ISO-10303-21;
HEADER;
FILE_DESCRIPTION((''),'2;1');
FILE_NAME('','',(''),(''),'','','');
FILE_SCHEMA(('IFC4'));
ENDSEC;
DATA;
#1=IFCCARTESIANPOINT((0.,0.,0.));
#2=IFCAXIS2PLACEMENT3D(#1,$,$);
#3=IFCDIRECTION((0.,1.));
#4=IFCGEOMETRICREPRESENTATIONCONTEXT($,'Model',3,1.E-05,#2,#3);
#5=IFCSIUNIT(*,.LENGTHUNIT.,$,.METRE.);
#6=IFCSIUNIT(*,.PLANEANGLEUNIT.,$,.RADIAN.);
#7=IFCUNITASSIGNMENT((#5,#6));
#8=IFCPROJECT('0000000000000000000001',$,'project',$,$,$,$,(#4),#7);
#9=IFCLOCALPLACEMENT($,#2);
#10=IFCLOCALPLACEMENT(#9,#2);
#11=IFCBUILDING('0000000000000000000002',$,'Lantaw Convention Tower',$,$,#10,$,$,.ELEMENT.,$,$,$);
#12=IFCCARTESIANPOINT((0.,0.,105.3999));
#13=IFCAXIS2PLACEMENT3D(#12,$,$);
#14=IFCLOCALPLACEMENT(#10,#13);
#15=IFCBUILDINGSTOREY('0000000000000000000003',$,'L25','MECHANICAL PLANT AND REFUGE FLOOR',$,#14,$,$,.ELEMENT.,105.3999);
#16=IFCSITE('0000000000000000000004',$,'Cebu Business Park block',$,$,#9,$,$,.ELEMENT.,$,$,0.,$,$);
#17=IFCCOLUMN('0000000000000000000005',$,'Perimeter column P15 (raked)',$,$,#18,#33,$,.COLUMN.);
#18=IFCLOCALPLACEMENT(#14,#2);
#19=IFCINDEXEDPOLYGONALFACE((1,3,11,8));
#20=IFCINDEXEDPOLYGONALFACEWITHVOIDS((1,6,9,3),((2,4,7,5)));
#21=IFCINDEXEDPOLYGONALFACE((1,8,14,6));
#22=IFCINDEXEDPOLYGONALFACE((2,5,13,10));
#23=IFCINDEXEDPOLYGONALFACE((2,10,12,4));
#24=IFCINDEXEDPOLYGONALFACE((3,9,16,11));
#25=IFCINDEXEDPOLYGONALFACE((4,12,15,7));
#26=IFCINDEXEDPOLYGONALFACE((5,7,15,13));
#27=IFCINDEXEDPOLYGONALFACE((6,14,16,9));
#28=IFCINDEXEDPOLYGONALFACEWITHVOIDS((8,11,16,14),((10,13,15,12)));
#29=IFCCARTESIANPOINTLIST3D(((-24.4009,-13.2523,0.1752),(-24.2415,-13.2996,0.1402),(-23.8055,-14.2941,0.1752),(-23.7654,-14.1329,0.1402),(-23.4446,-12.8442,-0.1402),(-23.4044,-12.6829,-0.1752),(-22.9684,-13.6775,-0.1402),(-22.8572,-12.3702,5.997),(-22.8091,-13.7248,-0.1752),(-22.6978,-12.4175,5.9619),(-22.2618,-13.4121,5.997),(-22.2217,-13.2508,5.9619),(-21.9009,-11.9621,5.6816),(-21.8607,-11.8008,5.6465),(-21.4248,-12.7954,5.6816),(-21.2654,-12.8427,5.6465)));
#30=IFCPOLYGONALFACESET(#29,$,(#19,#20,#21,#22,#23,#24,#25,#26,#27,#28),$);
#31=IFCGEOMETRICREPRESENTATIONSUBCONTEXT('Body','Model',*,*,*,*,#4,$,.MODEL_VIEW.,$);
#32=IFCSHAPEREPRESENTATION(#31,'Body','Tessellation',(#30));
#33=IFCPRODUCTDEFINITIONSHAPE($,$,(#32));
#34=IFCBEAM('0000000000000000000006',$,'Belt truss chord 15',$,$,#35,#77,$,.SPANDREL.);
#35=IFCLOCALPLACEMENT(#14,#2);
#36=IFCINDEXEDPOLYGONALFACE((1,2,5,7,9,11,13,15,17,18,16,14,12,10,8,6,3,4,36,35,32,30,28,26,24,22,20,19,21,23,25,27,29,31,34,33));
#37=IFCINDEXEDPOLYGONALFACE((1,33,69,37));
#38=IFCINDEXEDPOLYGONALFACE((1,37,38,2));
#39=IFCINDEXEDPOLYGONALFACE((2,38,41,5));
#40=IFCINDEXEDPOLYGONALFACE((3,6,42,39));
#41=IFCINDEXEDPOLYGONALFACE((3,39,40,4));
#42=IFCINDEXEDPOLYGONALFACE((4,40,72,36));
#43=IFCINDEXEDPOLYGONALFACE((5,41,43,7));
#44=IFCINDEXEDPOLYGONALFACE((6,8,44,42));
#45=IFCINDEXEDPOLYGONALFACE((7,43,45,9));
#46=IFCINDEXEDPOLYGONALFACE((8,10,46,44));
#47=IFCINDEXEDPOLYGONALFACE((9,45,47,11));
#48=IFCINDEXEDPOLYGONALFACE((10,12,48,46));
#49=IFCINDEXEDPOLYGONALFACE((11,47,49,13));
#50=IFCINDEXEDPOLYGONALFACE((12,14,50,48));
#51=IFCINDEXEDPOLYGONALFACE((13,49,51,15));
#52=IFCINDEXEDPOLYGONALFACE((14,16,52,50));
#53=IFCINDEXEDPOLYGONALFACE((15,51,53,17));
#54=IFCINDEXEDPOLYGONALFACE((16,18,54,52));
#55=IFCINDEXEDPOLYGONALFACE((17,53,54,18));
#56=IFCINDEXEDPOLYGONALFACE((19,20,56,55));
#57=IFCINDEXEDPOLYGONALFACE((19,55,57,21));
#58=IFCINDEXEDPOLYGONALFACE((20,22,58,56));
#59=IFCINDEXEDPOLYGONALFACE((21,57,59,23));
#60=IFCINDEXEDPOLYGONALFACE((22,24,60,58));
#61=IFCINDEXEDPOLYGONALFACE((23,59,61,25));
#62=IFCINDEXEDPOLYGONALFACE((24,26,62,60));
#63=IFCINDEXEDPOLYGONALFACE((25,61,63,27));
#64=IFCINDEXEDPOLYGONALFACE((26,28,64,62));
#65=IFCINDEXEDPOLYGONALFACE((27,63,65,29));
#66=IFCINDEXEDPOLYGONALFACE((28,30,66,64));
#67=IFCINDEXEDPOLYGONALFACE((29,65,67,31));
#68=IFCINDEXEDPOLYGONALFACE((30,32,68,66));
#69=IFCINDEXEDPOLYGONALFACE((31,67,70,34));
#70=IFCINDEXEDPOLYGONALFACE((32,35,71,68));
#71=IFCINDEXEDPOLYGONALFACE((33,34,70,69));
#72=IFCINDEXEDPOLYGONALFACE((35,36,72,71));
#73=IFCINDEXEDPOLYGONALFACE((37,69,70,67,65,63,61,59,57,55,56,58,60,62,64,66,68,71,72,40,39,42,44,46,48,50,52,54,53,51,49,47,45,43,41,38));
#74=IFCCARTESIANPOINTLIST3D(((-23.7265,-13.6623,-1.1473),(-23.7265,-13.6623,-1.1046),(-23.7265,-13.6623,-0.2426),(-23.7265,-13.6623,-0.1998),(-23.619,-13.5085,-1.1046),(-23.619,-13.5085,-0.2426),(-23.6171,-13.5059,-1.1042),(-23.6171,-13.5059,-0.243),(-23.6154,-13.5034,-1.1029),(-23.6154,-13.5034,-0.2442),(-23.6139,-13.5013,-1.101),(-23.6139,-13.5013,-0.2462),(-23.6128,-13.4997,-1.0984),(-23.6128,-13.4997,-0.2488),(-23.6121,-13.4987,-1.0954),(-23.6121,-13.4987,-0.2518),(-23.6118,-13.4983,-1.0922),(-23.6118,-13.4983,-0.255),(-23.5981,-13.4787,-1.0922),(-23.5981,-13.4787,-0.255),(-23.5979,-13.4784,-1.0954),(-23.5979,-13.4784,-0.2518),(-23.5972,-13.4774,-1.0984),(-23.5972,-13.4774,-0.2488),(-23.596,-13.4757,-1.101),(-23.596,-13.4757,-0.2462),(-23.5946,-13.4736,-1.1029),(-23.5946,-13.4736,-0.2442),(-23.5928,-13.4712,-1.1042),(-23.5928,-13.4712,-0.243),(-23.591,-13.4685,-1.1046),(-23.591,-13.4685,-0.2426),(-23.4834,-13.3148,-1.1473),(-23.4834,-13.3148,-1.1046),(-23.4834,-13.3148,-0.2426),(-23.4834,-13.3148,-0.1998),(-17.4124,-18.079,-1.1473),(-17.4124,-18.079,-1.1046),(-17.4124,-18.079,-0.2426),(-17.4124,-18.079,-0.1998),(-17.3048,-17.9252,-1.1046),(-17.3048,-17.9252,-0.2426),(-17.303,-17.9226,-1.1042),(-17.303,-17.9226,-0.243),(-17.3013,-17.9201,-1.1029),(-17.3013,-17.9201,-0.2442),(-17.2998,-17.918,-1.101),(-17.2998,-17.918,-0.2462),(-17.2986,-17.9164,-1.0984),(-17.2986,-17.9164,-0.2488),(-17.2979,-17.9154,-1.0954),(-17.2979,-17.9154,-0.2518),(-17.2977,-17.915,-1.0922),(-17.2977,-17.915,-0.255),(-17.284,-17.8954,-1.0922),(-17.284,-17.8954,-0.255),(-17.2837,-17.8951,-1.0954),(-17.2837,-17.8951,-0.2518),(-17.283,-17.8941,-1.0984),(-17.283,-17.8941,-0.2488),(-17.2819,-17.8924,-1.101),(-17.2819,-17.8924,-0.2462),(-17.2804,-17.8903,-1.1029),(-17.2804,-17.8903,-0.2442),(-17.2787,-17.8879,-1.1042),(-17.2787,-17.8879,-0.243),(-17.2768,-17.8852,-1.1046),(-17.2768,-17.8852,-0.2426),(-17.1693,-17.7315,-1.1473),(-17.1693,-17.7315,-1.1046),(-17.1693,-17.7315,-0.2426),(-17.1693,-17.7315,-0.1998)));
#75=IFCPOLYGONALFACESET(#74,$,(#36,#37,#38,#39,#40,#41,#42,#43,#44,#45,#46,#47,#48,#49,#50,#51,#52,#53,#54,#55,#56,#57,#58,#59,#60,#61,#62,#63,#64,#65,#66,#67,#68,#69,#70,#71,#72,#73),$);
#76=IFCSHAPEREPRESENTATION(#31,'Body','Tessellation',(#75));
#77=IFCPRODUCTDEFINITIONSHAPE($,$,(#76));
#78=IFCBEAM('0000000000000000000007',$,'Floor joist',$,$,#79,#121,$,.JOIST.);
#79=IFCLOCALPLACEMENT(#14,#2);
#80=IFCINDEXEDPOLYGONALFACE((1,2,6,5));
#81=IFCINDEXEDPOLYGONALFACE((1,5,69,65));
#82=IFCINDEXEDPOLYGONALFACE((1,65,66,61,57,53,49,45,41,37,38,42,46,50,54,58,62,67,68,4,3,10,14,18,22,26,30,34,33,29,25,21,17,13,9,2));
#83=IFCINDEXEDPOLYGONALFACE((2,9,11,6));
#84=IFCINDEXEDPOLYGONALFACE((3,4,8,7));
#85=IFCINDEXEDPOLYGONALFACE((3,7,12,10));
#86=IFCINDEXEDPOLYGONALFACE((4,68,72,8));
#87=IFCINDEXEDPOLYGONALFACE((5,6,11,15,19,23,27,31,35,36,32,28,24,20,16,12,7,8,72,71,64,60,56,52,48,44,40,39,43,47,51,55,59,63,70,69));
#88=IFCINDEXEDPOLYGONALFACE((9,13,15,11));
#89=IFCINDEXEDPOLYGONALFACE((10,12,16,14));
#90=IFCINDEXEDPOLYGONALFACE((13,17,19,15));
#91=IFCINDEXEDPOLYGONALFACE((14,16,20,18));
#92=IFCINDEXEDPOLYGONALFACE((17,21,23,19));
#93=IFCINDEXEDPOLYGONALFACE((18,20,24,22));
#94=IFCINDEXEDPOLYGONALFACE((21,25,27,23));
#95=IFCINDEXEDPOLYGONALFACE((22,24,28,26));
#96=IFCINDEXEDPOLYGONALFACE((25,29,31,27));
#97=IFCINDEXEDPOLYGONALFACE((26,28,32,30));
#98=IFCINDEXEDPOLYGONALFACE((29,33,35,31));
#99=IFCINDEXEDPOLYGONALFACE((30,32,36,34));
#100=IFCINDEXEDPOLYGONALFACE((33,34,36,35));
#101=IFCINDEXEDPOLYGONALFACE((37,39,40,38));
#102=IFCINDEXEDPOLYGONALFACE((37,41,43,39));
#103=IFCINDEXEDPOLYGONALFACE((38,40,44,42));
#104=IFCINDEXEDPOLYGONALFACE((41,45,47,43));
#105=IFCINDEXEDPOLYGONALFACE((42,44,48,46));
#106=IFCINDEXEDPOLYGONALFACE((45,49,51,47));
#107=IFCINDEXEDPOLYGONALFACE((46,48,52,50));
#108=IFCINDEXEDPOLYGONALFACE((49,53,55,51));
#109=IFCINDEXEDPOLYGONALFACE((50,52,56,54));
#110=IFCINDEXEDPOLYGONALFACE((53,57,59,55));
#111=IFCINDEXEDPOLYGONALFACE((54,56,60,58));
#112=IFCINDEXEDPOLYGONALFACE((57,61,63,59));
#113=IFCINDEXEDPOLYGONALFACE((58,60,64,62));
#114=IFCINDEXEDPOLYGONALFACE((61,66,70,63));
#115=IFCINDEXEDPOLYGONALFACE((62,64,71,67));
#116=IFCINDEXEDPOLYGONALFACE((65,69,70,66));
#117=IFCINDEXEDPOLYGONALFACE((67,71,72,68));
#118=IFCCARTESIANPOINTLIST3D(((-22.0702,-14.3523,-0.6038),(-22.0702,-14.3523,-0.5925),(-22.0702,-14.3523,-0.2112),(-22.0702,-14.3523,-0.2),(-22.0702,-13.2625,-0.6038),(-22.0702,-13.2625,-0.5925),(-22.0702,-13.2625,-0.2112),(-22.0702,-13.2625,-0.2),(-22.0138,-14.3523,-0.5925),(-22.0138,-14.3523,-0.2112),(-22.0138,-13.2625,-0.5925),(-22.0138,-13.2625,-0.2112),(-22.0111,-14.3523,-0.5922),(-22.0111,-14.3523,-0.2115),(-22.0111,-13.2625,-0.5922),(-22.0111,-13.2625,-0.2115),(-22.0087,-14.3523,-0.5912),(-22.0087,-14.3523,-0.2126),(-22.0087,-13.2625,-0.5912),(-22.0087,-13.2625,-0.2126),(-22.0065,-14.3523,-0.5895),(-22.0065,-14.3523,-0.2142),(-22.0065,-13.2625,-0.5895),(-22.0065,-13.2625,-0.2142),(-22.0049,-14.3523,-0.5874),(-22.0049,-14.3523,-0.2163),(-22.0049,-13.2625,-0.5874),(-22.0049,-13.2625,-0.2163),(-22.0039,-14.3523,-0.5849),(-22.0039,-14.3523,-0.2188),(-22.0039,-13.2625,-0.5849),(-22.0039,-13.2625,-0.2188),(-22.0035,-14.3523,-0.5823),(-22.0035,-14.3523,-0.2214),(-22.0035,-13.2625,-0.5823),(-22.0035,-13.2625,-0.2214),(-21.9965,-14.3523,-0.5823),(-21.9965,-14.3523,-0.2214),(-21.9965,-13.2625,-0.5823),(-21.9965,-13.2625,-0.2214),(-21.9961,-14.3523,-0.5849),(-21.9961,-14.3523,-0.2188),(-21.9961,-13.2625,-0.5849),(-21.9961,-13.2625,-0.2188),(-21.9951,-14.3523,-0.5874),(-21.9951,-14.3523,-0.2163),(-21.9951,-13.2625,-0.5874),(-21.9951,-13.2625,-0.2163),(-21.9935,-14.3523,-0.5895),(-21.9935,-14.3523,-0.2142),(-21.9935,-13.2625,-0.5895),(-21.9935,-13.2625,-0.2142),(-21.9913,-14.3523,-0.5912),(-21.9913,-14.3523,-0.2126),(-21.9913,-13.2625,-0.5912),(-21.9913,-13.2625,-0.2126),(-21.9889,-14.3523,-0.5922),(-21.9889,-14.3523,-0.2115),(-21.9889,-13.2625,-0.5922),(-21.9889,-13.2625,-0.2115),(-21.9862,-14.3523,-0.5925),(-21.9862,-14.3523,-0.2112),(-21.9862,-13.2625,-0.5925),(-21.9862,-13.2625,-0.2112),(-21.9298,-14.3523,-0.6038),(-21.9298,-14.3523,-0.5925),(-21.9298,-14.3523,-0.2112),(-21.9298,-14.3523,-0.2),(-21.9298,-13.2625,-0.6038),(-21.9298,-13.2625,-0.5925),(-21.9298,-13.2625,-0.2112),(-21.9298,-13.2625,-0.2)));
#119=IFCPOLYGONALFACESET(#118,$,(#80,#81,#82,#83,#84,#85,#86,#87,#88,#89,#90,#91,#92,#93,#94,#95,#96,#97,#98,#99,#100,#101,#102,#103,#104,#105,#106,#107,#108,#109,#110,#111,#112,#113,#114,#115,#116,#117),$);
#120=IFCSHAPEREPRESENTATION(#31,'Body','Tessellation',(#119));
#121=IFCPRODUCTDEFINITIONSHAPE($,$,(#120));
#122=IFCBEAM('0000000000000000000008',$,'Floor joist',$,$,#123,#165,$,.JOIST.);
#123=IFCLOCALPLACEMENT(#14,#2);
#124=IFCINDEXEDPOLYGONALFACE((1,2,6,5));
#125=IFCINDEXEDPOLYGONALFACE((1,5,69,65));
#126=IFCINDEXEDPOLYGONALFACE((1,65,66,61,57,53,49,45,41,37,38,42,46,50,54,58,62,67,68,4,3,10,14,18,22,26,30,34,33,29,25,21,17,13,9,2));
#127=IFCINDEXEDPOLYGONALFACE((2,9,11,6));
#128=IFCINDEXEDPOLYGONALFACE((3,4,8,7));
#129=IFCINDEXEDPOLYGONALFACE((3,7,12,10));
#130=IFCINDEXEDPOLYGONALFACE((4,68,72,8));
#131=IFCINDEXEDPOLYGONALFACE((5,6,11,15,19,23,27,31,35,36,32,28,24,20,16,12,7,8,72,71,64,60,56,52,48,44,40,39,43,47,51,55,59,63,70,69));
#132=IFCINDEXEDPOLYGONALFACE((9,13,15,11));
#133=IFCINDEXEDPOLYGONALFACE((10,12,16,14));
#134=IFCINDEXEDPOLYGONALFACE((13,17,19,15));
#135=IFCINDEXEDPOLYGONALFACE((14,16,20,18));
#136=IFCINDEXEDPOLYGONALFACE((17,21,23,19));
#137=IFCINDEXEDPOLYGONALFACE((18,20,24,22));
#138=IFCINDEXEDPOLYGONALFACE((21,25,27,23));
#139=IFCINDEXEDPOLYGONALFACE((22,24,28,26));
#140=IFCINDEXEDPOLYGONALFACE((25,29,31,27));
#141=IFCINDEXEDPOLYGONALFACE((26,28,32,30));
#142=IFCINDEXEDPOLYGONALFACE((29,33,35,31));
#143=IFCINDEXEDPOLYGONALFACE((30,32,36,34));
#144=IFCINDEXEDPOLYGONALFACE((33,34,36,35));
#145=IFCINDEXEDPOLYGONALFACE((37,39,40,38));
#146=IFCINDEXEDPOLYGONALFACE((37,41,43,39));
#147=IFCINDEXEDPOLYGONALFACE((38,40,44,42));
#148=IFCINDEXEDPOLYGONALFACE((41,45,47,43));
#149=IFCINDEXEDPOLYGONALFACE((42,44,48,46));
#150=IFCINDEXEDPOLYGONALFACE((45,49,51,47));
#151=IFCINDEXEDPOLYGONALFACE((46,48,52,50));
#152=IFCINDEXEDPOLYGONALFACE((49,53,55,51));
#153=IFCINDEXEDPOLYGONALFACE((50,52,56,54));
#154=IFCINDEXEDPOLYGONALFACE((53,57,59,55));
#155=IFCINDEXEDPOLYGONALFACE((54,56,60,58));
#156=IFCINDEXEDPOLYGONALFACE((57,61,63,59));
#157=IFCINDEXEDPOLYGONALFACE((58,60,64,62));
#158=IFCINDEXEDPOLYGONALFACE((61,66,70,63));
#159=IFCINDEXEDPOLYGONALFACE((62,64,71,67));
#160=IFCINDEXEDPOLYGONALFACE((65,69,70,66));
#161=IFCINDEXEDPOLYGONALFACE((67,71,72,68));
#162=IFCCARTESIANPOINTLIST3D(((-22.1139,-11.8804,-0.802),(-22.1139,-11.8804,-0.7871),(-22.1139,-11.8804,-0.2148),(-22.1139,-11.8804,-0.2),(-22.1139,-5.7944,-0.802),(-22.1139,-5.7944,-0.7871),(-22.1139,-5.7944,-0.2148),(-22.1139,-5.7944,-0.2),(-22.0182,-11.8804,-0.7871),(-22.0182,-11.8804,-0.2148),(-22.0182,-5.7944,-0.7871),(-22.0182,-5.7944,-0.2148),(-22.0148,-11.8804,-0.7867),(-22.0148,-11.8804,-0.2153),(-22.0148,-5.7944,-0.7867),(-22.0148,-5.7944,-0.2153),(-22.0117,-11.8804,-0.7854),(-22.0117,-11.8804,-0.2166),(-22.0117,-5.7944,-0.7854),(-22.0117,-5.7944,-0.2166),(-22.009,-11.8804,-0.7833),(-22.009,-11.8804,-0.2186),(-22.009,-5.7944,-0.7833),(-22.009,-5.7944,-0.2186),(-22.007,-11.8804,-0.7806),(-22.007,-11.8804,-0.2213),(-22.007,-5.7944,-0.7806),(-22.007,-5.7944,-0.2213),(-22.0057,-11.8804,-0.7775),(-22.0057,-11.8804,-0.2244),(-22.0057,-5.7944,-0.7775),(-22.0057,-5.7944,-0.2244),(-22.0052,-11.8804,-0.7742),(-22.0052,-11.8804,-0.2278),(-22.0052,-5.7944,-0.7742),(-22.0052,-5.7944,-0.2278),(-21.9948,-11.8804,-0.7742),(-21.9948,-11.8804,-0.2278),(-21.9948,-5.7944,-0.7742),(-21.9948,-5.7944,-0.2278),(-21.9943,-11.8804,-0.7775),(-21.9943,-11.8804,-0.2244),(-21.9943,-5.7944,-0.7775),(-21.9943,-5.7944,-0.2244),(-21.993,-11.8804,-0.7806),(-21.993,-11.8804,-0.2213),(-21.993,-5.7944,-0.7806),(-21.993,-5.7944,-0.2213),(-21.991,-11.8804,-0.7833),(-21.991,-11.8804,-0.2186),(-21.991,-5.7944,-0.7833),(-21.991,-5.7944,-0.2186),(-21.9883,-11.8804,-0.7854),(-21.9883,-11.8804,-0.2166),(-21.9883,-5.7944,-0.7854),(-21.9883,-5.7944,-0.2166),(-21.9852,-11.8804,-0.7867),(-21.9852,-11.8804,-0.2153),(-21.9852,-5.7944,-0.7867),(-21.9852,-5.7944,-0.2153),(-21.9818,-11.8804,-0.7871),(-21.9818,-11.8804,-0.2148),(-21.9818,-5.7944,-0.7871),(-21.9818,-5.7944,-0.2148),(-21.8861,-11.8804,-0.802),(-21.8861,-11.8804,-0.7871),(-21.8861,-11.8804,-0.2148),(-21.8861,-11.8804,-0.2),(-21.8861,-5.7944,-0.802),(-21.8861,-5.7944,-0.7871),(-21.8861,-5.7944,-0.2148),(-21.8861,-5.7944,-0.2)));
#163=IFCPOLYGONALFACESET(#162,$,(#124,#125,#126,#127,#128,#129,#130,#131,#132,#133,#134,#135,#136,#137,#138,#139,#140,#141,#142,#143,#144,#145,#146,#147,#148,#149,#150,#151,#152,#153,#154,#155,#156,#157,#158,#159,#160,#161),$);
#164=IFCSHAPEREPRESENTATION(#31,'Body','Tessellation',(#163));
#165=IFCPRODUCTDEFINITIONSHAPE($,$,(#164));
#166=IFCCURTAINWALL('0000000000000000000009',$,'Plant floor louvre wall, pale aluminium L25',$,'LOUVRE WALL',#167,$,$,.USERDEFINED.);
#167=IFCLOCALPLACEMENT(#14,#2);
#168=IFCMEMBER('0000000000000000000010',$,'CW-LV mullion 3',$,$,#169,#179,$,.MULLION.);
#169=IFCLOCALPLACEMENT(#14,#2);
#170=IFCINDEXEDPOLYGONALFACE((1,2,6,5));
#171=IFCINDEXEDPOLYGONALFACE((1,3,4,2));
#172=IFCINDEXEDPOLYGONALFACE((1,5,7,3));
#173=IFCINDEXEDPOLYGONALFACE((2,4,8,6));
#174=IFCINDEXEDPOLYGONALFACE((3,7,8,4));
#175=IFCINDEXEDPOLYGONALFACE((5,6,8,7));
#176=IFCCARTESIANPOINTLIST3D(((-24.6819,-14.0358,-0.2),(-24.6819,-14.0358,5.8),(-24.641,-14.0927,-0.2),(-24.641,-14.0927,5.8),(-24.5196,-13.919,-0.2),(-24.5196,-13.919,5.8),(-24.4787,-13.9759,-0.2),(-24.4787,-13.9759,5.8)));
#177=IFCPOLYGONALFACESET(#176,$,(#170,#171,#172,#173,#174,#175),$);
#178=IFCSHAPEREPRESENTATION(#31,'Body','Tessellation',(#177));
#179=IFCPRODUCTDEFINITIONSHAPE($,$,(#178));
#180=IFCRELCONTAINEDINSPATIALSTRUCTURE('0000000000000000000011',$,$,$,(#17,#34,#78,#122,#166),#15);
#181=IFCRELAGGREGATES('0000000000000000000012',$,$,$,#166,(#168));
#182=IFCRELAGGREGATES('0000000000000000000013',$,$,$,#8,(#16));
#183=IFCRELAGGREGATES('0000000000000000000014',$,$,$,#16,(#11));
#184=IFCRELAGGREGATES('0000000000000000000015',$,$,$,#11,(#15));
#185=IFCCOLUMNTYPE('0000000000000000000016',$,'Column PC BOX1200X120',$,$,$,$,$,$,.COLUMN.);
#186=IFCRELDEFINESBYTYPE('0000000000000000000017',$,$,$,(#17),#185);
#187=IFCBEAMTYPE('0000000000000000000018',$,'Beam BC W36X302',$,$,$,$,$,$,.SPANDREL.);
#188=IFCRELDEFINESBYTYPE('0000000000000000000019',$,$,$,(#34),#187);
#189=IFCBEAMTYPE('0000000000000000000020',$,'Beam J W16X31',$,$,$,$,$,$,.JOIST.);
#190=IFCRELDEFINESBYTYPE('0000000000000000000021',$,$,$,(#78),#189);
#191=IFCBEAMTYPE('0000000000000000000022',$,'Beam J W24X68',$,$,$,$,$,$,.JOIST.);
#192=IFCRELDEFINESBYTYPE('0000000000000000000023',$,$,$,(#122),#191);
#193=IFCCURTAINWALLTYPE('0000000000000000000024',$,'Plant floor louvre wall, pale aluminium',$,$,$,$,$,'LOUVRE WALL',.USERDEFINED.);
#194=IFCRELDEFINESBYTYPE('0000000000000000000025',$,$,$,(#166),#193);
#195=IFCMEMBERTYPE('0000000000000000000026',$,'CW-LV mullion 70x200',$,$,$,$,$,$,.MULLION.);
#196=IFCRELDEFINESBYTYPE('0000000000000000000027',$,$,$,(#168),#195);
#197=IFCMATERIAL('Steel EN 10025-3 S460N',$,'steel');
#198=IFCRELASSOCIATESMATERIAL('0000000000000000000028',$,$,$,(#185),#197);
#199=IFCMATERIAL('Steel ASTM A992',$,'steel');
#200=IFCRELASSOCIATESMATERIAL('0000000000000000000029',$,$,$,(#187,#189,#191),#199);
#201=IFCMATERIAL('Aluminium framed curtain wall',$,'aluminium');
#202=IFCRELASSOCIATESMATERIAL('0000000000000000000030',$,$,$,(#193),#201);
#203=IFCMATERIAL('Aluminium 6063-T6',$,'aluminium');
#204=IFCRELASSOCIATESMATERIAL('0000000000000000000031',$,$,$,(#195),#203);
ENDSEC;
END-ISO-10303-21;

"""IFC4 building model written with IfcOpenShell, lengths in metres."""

from ifc_helpers import new_model, si_unit, direction, frame, origin, origin_2d, place, context, subcontext, project, spatial, rectangle, hollow_rectangle, i_section, extrude, material, material_profile, profile_set, type_object, element, aggregate, save


model = new_model("IFC4")

# Units and contexts
model_context = context("Model", 3, precision=1e-05, world=origin(), true_north=direction((0.0, 1.0)))
body_context = subcontext(model_context, "Body", "Model", "MODEL_VIEW")
ifc_project = project(units=[si_unit("LENGTHUNIT", "METRE"), si_unit("PLANEANGLEUNIT", "RADIAN")], contexts=[model_context])

# Site, building, storey
site_placement = place(None, origin())
site = spatial("IfcSite", under=ifc_project, at=site_placement, Name="Cebu Business Park block", CompositionType="ELEMENT", RefElevation=0.0)
building_placement = place(site_placement, origin())
building = spatial("IfcBuilding", under=site, at=building_placement, Name="Lantaw Convention Tower", CompositionType="ELEMENT")
storey_placement = place(building_placement, frame((0.0, 0.0, 105.3999)))
storey = spatial("IfcBuildingStorey", under=building, at=storey_placement, Name="L25", Description="MECHANICAL PLANT AND REFUGE FLOOR", CompositionType="ELEMENT", Elevation=105.3999)

# Column
ifc_material_1 = material(Name="Steel EN 10025-3 S460N", Category="steel")
ifc_material_profile_1 = material_profile(ifc_material_1, hollow_rectangle(XDim=1.2, YDim=1.2, WallThickness=0.1201, at=origin_2d()), Name="BOX1200X120")
ifc_material_2 = material(Name="Concrete C60/75", Category="concrete")
ifc_material_profile_2 = material_profile(ifc_material_2, rectangle(XDim=0.96, YDim=0.96, at=origin_2d()), Name="Concrete fill of BOX1200X120")
ifc_profile_set_1 = profile_set([ifc_material_profile_1, ifc_material_profile_2], Name="Steel EN 10025-3 S460N")
column_type = type_object("IfcColumnType", Name="Column PC BOX1200X120", PredefinedType="COLUMN", material=ifc_profile_set_1)
column_placement = place(storey_placement, frame((-23.605, -13.4885, 0.0), z_axis=(0.253597, 0.144907, 0.956394), x_axis=(-0.496124, 0.868252, 0.0)))
element("IfcColumn", 1, at=column_placement, inside=storey, type_object=column_type, Name="Perimeter column P15 (raked)", PredefinedType="COLUMN", context=body_context, shape_type="SweptSolid", body=[
    extrude(hollow_rectangle(XDim=1.2, YDim=1.2, WallThickness=0.1201, at=origin_2d()), origin(), (0.0, 0.0, 1.0), 6.0872),
])

# Beams
ifc_material_3 = material(Name="Steel ASTM A992", Category="steel")
ifc_material_profile_3 = material_profile(ifc_material_3, i_section(OverallWidth=0.4241, OverallDepth=0.9475, WebThickness=0.0239, FlangeThickness=0.0427, FilletRadius=0.0125, at=origin_2d()), Name="W36X302")
ifc_profile_set_2 = profile_set([ifc_material_profile_3], Name="Steel ASTM A992")
beam_type_1 = type_object("IfcBeamType", Name="Beam BC W36X302", PredefinedType="SPANDREL", material=ifc_profile_set_2)
beam_1_placement = place(storey_placement, frame((-23.605, -13.4885, -0.6736), z_axis=(0.819427, -0.573184, 0.0), x_axis=(0.573184, 0.819427, 0.0)))
element("IfcBeam", 2, at=beam_1_placement, inside=storey, type_object=beam_type_1, Name="Belt truss chord 15", PredefinedType="SPANDREL", context=body_context, shape_type="SweptSolid", body=[
    extrude(i_section(OverallWidth=0.4241, OverallDepth=0.9475, WebThickness=0.0239, FlangeThickness=0.0427, FilletRadius=0.0125, at=origin_2d()), origin(), (0.0, 0.0, 1.0), 7.7056),
])
ifc_material_profile_4 = material_profile(ifc_material_3, i_section(OverallWidth=0.1404, OverallDepth=0.4038, WebThickness=0.0071, FlangeThickness=0.0112, FilletRadius=0.0103, at=origin_2d()), Name="W16X31")
ifc_profile_set_3 = profile_set([ifc_material_profile_4], Name="Steel ASTM A992")
beam_type_2 = type_object("IfcBeamType", Name="Beam J W16X31", PredefinedType="JOIST", material=ifc_profile_set_3)
beam_2_placement = place(storey_placement, frame((-22.0, -14.3523, -0.4019), z_axis=(0.0, 1.0, 0.0), x_axis=(-1.0, 0.0, 0.0)))
element("IfcBeam", 3, at=beam_2_placement, inside=storey, type_object=beam_type_2, Name="Floor joist", PredefinedType="JOIST", context=body_context, shape_type="SweptSolid", body=[
    extrude(i_section(OverallWidth=0.1404, OverallDepth=0.4038, WebThickness=0.0071, FlangeThickness=0.0112, FilletRadius=0.0103, at=origin_2d()), origin(), (0.0, 0.0, 1.0), 1.0898),
])
ifc_material_profile_5 = material_profile(ifc_material_3, i_section(OverallWidth=0.2278, OverallDepth=0.6021, WebThickness=0.0105, FlangeThickness=0.0149, FilletRadius=0.0129, at=origin_2d()), Name="W24X68")
ifc_profile_set_4 = profile_set([ifc_material_profile_5], Name="Steel ASTM A992")
beam_type_3 = type_object("IfcBeamType", Name="Beam J W24X68", PredefinedType="JOIST", material=ifc_profile_set_4)
beam_3_placement = place(storey_placement, frame((-22.0, -11.8804, -0.501), z_axis=(0.0, 1.0, 0.0), x_axis=(-1.0, 0.0, 0.0)))
element("IfcBeam", 4, at=beam_3_placement, inside=storey, type_object=beam_type_3, Name="Floor joist", PredefinedType="JOIST", context=body_context, shape_type="SweptSolid", body=[
    extrude(i_section(OverallWidth=0.2278, OverallDepth=0.6021, WebThickness=0.0105, FlangeThickness=0.0149, FilletRadius=0.0129, at=origin_2d()), origin(), (0.0, 0.0, 1.0), 6.0859),
])

# Curtain wall, member
ifc_material_4 = material(Name="Aluminium framed curtain wall", Category="aluminium")
curtain_wall_type = type_object("IfcCurtainWallType", Name="Plant floor louvre wall, pale aluminium", ElementType="LOUVRE WALL", PredefinedType="USERDEFINED", material=ifc_material_4)
curtain_wall_1_placement = place(storey_placement, origin())
curtain_wall_1 = element("IfcCurtainWall", 5, at=curtain_wall_1_placement, inside=storey, type_object=curtain_wall_type, Name="Plant floor louvre wall, pale aluminium L25", ObjectType="LOUVRE WALL", PredefinedType="USERDEFINED")
ifc_material_5 = material(Name="Aluminium 6063-T6", Category="aluminium")
ifc_material_profile_6 = material_profile(ifc_material_5, rectangle(XDim=0.2, YDim=0.0701, at=origin_2d()), Name="CW-LV mullion 70x200")
ifc_profile_set_5 = profile_set([ifc_material_profile_6], Name="Aluminium 6063-T6")
member_type_1 = type_object("IfcMemberType", Name="CW-LV mullion 70x200", PredefinedType="MULLION", material=ifc_profile_set_5)
member_1_placement = place(storey_placement, frame((-24.5803, -14.0059, -0.2), z_axis=(0.0, 0.0, 1.0), x_axis=(0.811789, 0.583951, 0.0)))
member_1 = element("IfcMember", 6, at=member_1_placement, type_object=member_type_1, Name="CW-LV mullion 3", PredefinedType="MULLION", context=body_context, shape_type="SweptSolid", body=[
    extrude(rectangle(XDim=0.2, YDim=0.0701, at=origin_2d()), origin(), (0.0, 0.0, 1.0), 6.0),
])

aggregate(curtain_wall_1, [member_1])

save(model, "model.ifc")
